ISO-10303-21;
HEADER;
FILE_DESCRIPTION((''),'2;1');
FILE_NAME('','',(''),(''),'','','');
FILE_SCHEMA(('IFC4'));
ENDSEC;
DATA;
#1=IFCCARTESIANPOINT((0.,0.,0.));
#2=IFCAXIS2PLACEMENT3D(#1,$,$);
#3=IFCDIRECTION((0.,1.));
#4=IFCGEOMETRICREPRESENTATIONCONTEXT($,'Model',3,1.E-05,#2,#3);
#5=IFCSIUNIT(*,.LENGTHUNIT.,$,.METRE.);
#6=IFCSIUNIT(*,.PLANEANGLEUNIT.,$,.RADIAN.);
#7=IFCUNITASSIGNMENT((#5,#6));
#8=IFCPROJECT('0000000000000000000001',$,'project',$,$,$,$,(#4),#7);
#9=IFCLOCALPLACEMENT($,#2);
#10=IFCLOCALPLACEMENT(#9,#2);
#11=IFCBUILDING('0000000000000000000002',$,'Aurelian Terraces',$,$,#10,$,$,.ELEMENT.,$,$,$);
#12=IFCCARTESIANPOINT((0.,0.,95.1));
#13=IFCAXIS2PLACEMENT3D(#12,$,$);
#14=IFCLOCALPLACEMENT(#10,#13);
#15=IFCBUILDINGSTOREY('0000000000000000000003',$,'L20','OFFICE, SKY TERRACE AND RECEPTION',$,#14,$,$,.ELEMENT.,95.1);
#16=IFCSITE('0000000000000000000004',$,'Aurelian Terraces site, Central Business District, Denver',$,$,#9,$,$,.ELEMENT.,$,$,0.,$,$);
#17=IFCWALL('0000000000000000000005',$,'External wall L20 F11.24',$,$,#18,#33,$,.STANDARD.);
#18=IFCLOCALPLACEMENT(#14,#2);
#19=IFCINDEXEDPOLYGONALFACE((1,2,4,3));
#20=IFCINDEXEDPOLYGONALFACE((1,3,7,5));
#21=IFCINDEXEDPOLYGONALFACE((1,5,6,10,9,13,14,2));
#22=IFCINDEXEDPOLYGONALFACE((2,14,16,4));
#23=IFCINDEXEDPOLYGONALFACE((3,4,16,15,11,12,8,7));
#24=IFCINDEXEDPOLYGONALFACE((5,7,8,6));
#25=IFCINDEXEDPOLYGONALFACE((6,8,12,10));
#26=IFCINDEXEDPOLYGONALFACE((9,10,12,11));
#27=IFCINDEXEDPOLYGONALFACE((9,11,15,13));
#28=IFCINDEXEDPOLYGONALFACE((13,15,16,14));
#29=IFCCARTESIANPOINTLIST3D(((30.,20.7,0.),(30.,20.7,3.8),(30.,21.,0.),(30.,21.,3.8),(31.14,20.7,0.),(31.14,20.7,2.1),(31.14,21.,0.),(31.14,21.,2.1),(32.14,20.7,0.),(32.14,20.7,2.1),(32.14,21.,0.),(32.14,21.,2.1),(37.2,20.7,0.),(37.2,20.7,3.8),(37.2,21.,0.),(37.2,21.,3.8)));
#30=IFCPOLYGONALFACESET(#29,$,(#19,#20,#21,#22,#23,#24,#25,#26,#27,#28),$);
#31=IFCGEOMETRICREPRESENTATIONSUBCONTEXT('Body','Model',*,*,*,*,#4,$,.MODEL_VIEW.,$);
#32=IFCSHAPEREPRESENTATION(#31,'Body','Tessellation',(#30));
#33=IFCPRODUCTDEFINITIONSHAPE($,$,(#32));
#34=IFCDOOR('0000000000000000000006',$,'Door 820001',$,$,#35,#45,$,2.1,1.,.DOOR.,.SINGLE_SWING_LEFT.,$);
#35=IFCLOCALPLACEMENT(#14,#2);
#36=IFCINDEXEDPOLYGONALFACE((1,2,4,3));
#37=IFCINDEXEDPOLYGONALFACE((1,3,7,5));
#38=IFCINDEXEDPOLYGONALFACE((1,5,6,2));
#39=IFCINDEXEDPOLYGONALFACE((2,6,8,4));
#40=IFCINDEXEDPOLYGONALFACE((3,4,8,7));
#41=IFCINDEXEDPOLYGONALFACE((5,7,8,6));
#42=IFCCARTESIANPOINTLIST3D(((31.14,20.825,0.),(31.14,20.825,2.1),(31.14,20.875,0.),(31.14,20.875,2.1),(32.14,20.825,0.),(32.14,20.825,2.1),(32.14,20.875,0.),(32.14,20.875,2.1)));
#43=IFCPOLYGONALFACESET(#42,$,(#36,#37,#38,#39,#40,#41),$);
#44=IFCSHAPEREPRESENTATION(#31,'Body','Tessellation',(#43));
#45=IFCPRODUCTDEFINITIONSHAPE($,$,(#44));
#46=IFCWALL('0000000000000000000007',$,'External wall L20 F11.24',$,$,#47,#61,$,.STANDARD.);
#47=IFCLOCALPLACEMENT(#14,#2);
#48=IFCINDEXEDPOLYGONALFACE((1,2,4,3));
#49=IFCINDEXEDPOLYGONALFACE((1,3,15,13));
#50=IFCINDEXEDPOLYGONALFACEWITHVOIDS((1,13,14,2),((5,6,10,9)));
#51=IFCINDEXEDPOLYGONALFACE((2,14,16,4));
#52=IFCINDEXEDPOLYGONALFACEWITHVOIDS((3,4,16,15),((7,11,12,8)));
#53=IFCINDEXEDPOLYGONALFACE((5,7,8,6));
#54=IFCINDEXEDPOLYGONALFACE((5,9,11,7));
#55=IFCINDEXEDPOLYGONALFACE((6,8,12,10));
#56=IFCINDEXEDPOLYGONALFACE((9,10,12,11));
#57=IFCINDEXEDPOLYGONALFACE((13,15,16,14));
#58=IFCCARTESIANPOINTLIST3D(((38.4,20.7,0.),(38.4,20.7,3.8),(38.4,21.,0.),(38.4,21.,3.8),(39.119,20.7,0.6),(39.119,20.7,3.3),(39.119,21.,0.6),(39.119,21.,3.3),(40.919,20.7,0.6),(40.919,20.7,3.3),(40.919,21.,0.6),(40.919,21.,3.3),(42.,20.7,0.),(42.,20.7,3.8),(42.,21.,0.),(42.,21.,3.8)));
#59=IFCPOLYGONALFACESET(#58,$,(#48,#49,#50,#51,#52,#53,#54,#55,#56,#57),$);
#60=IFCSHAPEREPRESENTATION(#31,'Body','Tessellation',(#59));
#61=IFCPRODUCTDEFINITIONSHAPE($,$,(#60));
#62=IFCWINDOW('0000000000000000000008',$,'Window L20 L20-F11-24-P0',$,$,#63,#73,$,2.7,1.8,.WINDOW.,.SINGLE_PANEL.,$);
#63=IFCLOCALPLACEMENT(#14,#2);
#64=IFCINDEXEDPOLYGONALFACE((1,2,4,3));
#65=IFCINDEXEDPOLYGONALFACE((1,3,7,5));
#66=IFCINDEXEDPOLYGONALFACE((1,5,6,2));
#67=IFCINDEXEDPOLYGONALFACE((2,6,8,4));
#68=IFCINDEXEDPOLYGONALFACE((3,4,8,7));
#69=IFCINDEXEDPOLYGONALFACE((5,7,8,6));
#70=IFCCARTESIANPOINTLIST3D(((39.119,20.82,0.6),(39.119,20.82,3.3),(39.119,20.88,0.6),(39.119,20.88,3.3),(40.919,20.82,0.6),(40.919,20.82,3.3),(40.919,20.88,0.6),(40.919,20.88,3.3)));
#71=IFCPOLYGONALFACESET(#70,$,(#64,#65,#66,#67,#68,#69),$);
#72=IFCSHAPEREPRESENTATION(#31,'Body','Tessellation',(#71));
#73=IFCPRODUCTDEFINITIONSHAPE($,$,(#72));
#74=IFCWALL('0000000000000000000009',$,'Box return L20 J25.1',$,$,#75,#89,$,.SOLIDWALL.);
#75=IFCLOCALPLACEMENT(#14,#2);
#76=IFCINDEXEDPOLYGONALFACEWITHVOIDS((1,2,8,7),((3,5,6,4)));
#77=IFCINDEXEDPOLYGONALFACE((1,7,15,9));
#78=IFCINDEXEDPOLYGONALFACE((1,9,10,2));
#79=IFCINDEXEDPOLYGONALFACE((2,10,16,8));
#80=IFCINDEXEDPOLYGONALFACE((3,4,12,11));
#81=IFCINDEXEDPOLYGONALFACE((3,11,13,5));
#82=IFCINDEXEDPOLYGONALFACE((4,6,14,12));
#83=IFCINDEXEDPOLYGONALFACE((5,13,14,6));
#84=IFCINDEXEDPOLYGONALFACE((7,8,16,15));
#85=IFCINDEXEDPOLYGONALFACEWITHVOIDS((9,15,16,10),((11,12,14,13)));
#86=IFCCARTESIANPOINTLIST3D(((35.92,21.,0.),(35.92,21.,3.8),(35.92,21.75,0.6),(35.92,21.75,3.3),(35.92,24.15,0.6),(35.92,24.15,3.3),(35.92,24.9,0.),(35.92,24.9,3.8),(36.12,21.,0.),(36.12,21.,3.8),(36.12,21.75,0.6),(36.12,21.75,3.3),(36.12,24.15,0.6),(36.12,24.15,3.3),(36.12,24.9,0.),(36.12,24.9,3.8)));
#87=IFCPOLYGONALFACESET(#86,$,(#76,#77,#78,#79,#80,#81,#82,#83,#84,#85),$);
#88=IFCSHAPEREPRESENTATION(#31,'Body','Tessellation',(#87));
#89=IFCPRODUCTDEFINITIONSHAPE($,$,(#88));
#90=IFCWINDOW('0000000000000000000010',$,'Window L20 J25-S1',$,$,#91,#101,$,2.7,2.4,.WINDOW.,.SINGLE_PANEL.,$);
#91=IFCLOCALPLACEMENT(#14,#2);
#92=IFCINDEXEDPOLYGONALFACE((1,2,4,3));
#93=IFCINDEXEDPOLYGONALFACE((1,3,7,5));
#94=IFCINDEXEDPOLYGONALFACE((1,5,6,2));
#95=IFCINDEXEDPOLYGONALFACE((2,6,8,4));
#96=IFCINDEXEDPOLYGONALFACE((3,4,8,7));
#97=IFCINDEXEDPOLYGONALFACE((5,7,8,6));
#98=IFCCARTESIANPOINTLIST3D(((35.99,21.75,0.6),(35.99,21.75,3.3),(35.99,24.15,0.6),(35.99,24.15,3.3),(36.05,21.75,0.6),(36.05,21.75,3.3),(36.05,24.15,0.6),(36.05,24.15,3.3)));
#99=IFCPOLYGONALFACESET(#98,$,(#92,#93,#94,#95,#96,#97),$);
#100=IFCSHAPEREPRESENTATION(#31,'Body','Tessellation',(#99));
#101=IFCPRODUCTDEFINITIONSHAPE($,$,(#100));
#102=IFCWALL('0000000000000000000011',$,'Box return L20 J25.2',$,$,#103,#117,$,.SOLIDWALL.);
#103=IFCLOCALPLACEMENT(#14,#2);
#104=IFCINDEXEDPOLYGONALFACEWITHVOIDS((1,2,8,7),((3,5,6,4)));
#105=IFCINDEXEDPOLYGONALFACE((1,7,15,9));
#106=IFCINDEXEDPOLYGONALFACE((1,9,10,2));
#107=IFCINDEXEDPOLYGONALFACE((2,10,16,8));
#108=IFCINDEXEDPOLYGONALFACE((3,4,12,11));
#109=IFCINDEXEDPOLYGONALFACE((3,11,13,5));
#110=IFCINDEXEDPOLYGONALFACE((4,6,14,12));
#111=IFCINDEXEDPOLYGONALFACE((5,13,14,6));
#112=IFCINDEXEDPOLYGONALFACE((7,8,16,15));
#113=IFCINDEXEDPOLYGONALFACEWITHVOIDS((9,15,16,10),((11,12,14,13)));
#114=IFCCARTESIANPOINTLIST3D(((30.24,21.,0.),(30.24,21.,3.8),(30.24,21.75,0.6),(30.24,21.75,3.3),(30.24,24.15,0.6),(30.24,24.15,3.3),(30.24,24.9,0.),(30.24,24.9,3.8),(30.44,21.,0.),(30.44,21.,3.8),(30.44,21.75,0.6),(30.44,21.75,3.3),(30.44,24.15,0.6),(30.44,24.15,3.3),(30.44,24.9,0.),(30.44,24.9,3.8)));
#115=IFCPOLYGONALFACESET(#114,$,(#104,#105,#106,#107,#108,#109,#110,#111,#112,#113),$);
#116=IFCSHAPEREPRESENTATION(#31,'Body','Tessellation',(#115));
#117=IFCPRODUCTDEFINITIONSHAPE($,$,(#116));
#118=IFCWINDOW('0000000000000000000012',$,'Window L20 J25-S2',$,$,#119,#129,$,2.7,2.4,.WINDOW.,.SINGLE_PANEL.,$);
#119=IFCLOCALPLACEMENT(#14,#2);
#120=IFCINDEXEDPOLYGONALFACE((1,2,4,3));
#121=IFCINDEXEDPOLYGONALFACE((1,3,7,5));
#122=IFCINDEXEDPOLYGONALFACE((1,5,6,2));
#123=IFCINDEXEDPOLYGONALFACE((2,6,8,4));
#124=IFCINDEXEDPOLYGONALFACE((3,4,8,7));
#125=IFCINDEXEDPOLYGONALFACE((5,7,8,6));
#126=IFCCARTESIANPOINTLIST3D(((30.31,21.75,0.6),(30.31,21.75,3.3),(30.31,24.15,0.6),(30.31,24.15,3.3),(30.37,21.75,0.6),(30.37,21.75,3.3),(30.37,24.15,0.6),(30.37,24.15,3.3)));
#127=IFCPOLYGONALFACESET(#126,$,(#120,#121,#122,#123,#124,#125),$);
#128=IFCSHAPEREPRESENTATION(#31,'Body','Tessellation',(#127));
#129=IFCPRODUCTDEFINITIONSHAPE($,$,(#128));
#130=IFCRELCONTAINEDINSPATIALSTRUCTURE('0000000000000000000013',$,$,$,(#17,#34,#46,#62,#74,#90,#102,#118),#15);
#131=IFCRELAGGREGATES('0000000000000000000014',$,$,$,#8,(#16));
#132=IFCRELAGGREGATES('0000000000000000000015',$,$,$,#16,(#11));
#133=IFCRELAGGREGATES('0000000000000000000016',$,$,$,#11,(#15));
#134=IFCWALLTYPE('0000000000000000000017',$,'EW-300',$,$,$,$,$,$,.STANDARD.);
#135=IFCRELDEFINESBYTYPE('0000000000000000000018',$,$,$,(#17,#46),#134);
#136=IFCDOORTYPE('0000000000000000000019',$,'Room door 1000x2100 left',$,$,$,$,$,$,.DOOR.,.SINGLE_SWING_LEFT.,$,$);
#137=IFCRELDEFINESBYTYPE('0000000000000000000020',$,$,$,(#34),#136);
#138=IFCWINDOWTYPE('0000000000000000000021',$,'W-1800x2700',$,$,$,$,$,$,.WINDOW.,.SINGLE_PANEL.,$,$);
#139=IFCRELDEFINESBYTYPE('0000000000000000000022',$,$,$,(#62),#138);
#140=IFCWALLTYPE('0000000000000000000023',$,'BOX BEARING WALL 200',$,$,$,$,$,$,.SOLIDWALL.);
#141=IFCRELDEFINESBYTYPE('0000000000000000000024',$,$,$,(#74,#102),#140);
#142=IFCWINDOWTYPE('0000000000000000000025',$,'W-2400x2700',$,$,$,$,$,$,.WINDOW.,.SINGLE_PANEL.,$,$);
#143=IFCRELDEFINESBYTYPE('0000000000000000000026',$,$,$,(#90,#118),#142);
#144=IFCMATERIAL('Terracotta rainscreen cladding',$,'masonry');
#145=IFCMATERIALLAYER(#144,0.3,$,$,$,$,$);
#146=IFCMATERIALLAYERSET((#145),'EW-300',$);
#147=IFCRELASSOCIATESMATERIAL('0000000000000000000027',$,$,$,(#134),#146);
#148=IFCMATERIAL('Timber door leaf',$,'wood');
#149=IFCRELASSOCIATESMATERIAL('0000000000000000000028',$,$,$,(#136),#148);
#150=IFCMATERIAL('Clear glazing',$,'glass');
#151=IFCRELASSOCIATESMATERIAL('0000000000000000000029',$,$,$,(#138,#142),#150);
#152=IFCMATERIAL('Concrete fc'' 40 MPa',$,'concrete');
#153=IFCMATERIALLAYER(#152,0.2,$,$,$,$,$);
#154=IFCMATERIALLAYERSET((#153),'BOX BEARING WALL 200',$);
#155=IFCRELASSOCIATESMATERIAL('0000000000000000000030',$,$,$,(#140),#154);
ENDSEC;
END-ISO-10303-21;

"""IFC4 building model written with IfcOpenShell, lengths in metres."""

from ifc_helpers import new_model, si_unit, direction, frame, frame_2d, origin, place, context, subcontext, project, spatial, rectangle, extrude, source, transform, mapped, material, layer, layer_set, type_object, element, fill, save


model = new_model("IFC4")

# Units and contexts
model_context = context("Model", 3, precision=1e-05, world=origin(), true_north=direction((0.0, 1.0)))
body_context = subcontext(model_context, "Body", "Model", "MODEL_VIEW")
ifc_project = project(units=[si_unit("LENGTHUNIT", "METRE"), si_unit("PLANEANGLEUNIT", "RADIAN")], contexts=[model_context])

# Site, building, storey
site_placement = place(None, origin())
site = spatial("IfcSite", under=ifc_project, at=site_placement, Name="Aurelian Terraces site, Central Business District, Denver", CompositionType="ELEMENT", RefElevation=0.0)
building_placement = place(site_placement, origin())
building = spatial("IfcBuilding", under=site, at=building_placement, Name="Aurelian Terraces", CompositionType="ELEMENT")
storey_placement = place(building_placement, frame((0.0, 0.0, 95.1)))
storey = spatial("IfcBuildingStorey", under=building, at=storey_placement, Name="L20", Description="OFFICE, SKY TERRACE AND RECEPTION", CompositionType="ELEMENT", Elevation=95.1)

# Wall, opening, door
ifc_material_1 = material(Name="Terracotta rainscreen cladding", Category="masonry")
ifc_layer_1 = layer(ifc_material_1, 0.3)
ifc_layer_set_1 = layer_set([ifc_layer_1], Name="EW-300")
wall_type_1 = type_object("IfcWallType", Name="EW-300", PredefinedType="STANDARD", material=ifc_layer_set_1)
shared_shape_1 = source(origin(), body_context, "Body", "SweptSolid", [
    extrude(rectangle(XDim=7.2, YDim=0.3, at=frame_2d((3.6, 0.0))), origin(), (0.0, 0.0, 1.0), 3.8),
])
wall_1_placement = place(storey_placement, frame((37.2, 20.85, 0.0), z_axis=(0.0, 0.0, 1.0), x_axis=(-1.0, 0.0, 0.0)))
wall_1 = element("IfcWall", 1, at=wall_1_placement, inside=storey, type_object=wall_type_1, Name="External wall L20 F11.24", PredefinedType="STANDARD", context=body_context, shape_type="MappedRepresentation", body=[
    mapped(shared_shape_1, transform((0.0, 0.0, 0.0), scale=1.0)),
])
shared_shape_2 = source(origin(), body_context, "Body", "SweptSolid", [
    extrude(rectangle(XDim=1.0, YDim=2.1, at=frame_2d((0.5, 1.05))), frame((0.0, 0.16, 0.0), z_axis=(0.0, -1.0, 0.0), x_axis=(1.0, 0.0, 0.0)), (0.0, 0.0, 1.0), 0.32),
])
opening_1_placement = place(wall_1_placement, frame((5.06, 0.0, 0.0)))
opening_1 = element("IfcOpeningElement", 2, at=opening_1_placement, cuts=wall_1, PredefinedType="OPENING", context=body_context, shape_type="MappedRepresentation", body=[
    mapped(shared_shape_2, transform((0.0, 0.0, 0.0), scale=1.0)),
])
ifc_material_2 = material(Name="Timber door leaf", Category="wood")
door_type = type_object("IfcDoorType", Name="Room door 1000x2100 left", OperationType="SINGLE_SWING_LEFT", PredefinedType="DOOR", material=ifc_material_2)
shared_shape_3 = source(origin(), body_context, "Body", "SweptSolid", [
    extrude(rectangle(XDim=1.0, YDim=2.1, at=frame_2d((0.5, 1.05))), frame((0.0, 0.025, 0.0), z_axis=(0.0, -1.0, 0.0), x_axis=(1.0, 0.0, 0.0)), (0.0, 0.0, 1.0), 0.05),
])
door_placement = place(opening_1_placement, origin())
door = element("IfcDoor", 3, at=door_placement, inside=storey, type_object=door_type, Name="Door 820001", OperationType="SINGLE_SWING_LEFT", OverallHeight=2.1, OverallWidth=1.0, PredefinedType="DOOR", context=body_context, shape_type="MappedRepresentation", body=[
    mapped(shared_shape_3, transform((0.0, 0.0, 0.0), scale=1.0)),
])
fill(opening_1, door)

# Walls, openings, windows
shared_shape_4 = source(origin(), body_context, "Body", "SweptSolid", [
    extrude(rectangle(XDim=3.6, YDim=0.3, at=frame_2d((1.8, 0.0))), origin(), (0.0, 0.0, 1.0), 3.8),
])
wall_2_placement = place(storey_placement, frame((42.0, 20.85, 0.0), z_axis=(0.0, 0.0, 1.0), x_axis=(-1.0, 0.0, 0.0)))
wall_2 = element("IfcWall", 4, at=wall_2_placement, inside=storey, type_object=wall_type_1, Name="External wall L20 F11.24", PredefinedType="STANDARD", context=body_context, shape_type="MappedRepresentation", body=[
    mapped(shared_shape_4, transform((0.0, 0.0, 0.0), scale=1.0)),
])
shared_shape_5 = source(origin(), body_context, "Body", "SweptSolid", [
    extrude(rectangle(XDim=1.8, YDim=2.7, at=frame_2d((0.9, 1.35))), frame((0.0, 0.16, 0.0), z_axis=(0.0, -1.0, 0.0), x_axis=(1.0, 0.0, 0.0)), (0.0, 0.0, 1.0), 0.32),
])
opening_2_placement = place(wall_2_placement, frame((1.081, 0.0, 0.6)))
opening_2 = element("IfcOpeningElement", 5, at=opening_2_placement, cuts=wall_2, PredefinedType="OPENING", context=body_context, shape_type="MappedRepresentation", body=[
    mapped(shared_shape_5, transform((0.0, 0.0, 0.0), scale=1.0)),
])
ifc_material_3 = material(Name="Clear glazing", Category="glass")
window_type_1 = type_object("IfcWindowType", Name="W-1800x2700", PartitioningType="SINGLE_PANEL", PredefinedType="WINDOW", material=ifc_material_3)
shared_shape_6 = source(origin(), body_context, "Body", "SweptSolid", [
    extrude(rectangle(XDim=1.8, YDim=2.7, at=frame_2d((0.9, 1.35))), frame((0.0, 0.03, 0.0), z_axis=(0.0, -1.0, 0.0), x_axis=(1.0, 0.0, 0.0)), (0.0, 0.0, 1.0), 0.06),
])
window_1_placement = place(opening_2_placement, origin())
window_1 = element("IfcWindow", 6, at=window_1_placement, inside=storey, type_object=window_type_1, Name="Window L20 L20-F11-24-P0", OverallHeight=2.7, OverallWidth=1.8, PartitioningType="SINGLE_PANEL", PredefinedType="WINDOW", context=body_context, shape_type="MappedRepresentation", body=[
    mapped(shared_shape_6, transform((0.0, 0.0, 0.0), scale=1.0)),
])
fill(opening_2, window_1)
ifc_material_4 = material(Name="Concrete fc' 40 MPa", Category="concrete")
ifc_layer_2 = layer(ifc_material_4, 0.2)
ifc_layer_set_2 = layer_set([ifc_layer_2], Name="BOX BEARING WALL 200")
wall_type_2 = type_object("IfcWallType", Name="BOX BEARING WALL 200", PredefinedType="SOLIDWALL", material=ifc_layer_set_2)
shared_shape_7 = source(origin(), body_context, "Body", "SweptSolid", [
    extrude(rectangle(XDim=3.9, YDim=0.2, at=frame_2d((1.95, 0.0))), origin(), (0.0, 0.0, 1.0), 3.8),
])
wall_3_placement = place(storey_placement, frame((36.02, 21.0, 0.0), z_axis=(0.0, 0.0, 1.0), x_axis=(0.0, 1.0, 0.0)))
wall_3 = element("IfcWall", 7, at=wall_3_placement, inside=storey, type_object=wall_type_2, Name="Box return L20 J25.1", PredefinedType="SOLIDWALL", context=body_context, shape_type="MappedRepresentation", body=[
    mapped(shared_shape_7, transform((0.0, 0.0, 0.0), scale=1.0)),
])
shared_shape_8 = source(origin(), body_context, "Body", "SweptSolid", [
    extrude(rectangle(XDim=2.4, YDim=2.7, at=frame_2d((1.2, 1.35))), frame((0.0, 0.11, 0.0), z_axis=(0.0, -1.0, 0.0), x_axis=(1.0, 0.0, 0.0)), (0.0, 0.0, 1.0), 0.22),
])
opening_3_placement = place(wall_3_placement, frame((0.75, 0.0, 0.6)))
opening_3 = element("IfcOpeningElement", 8, at=opening_3_placement, cuts=wall_3, PredefinedType="OPENING", context=body_context, shape_type="MappedRepresentation", body=[
    mapped(shared_shape_8, transform((0.0, 0.0, 0.0), scale=1.0)),
])
window_type_2 = type_object("IfcWindowType", Name="W-2400x2700", PartitioningType="SINGLE_PANEL", PredefinedType="WINDOW", material=ifc_material_3)
shared_shape_9 = source(origin(), body_context, "Body", "SweptSolid", [
    extrude(rectangle(XDim=2.4, YDim=2.7, at=frame_2d((1.2, 1.35))), frame((0.0, 0.03, 0.0), z_axis=(0.0, -1.0, 0.0), x_axis=(1.0, 0.0, 0.0)), (0.0, 0.0, 1.0), 0.06),
])
window_2_placement = place(opening_3_placement, origin())
window_2 = element("IfcWindow", 9, at=window_2_placement, inside=storey, type_object=window_type_2, Name="Window L20 J25-S1", OverallHeight=2.7, OverallWidth=2.4, PartitioningType="SINGLE_PANEL", PredefinedType="WINDOW", context=body_context, shape_type="MappedRepresentation", body=[
    mapped(shared_shape_9, transform((0.0, 0.0, 0.0), scale=1.0)),
])
fill(opening_3, window_2)
wall_4_placement = place(storey_placement, frame((30.34, 21.0, 0.0), z_axis=(0.0, 0.0, 1.0), x_axis=(0.0, 1.0, 0.0)))
wall_4 = element("IfcWall", 10, at=wall_4_placement, inside=storey, type_object=wall_type_2, Name="Box return L20 J25.2", PredefinedType="SOLIDWALL", context=body_context, shape_type="MappedRepresentation", body=[
    mapped(shared_shape_7, transform((0.0, 0.0, 0.0), scale=1.0)),
])
opening_4_placement = place(wall_4_placement, frame((0.75, 0.0, 0.6)))
opening_4 = element("IfcOpeningElement", 11, at=opening_4_placement, cuts=wall_4, PredefinedType="OPENING", context=body_context, shape_type="MappedRepresentation", body=[
    mapped(shared_shape_8, transform((0.0, 0.0, 0.0), scale=1.0)),
])
window_3_placement = place(opening_4_placement, origin())
window_3 = element("IfcWindow", 12, at=window_3_placement, inside=storey, type_object=window_type_2, Name="Window L20 J25-S2", OverallHeight=2.7, OverallWidth=2.4, PartitioningType="SINGLE_PANEL", PredefinedType="WINDOW", context=body_context, shape_type="MappedRepresentation", body=[
    mapped(shared_shape_9, transform((0.0, 0.0, 0.0), scale=1.0)),
])
fill(opening_4, window_3)

save(model, "model.ifc")
